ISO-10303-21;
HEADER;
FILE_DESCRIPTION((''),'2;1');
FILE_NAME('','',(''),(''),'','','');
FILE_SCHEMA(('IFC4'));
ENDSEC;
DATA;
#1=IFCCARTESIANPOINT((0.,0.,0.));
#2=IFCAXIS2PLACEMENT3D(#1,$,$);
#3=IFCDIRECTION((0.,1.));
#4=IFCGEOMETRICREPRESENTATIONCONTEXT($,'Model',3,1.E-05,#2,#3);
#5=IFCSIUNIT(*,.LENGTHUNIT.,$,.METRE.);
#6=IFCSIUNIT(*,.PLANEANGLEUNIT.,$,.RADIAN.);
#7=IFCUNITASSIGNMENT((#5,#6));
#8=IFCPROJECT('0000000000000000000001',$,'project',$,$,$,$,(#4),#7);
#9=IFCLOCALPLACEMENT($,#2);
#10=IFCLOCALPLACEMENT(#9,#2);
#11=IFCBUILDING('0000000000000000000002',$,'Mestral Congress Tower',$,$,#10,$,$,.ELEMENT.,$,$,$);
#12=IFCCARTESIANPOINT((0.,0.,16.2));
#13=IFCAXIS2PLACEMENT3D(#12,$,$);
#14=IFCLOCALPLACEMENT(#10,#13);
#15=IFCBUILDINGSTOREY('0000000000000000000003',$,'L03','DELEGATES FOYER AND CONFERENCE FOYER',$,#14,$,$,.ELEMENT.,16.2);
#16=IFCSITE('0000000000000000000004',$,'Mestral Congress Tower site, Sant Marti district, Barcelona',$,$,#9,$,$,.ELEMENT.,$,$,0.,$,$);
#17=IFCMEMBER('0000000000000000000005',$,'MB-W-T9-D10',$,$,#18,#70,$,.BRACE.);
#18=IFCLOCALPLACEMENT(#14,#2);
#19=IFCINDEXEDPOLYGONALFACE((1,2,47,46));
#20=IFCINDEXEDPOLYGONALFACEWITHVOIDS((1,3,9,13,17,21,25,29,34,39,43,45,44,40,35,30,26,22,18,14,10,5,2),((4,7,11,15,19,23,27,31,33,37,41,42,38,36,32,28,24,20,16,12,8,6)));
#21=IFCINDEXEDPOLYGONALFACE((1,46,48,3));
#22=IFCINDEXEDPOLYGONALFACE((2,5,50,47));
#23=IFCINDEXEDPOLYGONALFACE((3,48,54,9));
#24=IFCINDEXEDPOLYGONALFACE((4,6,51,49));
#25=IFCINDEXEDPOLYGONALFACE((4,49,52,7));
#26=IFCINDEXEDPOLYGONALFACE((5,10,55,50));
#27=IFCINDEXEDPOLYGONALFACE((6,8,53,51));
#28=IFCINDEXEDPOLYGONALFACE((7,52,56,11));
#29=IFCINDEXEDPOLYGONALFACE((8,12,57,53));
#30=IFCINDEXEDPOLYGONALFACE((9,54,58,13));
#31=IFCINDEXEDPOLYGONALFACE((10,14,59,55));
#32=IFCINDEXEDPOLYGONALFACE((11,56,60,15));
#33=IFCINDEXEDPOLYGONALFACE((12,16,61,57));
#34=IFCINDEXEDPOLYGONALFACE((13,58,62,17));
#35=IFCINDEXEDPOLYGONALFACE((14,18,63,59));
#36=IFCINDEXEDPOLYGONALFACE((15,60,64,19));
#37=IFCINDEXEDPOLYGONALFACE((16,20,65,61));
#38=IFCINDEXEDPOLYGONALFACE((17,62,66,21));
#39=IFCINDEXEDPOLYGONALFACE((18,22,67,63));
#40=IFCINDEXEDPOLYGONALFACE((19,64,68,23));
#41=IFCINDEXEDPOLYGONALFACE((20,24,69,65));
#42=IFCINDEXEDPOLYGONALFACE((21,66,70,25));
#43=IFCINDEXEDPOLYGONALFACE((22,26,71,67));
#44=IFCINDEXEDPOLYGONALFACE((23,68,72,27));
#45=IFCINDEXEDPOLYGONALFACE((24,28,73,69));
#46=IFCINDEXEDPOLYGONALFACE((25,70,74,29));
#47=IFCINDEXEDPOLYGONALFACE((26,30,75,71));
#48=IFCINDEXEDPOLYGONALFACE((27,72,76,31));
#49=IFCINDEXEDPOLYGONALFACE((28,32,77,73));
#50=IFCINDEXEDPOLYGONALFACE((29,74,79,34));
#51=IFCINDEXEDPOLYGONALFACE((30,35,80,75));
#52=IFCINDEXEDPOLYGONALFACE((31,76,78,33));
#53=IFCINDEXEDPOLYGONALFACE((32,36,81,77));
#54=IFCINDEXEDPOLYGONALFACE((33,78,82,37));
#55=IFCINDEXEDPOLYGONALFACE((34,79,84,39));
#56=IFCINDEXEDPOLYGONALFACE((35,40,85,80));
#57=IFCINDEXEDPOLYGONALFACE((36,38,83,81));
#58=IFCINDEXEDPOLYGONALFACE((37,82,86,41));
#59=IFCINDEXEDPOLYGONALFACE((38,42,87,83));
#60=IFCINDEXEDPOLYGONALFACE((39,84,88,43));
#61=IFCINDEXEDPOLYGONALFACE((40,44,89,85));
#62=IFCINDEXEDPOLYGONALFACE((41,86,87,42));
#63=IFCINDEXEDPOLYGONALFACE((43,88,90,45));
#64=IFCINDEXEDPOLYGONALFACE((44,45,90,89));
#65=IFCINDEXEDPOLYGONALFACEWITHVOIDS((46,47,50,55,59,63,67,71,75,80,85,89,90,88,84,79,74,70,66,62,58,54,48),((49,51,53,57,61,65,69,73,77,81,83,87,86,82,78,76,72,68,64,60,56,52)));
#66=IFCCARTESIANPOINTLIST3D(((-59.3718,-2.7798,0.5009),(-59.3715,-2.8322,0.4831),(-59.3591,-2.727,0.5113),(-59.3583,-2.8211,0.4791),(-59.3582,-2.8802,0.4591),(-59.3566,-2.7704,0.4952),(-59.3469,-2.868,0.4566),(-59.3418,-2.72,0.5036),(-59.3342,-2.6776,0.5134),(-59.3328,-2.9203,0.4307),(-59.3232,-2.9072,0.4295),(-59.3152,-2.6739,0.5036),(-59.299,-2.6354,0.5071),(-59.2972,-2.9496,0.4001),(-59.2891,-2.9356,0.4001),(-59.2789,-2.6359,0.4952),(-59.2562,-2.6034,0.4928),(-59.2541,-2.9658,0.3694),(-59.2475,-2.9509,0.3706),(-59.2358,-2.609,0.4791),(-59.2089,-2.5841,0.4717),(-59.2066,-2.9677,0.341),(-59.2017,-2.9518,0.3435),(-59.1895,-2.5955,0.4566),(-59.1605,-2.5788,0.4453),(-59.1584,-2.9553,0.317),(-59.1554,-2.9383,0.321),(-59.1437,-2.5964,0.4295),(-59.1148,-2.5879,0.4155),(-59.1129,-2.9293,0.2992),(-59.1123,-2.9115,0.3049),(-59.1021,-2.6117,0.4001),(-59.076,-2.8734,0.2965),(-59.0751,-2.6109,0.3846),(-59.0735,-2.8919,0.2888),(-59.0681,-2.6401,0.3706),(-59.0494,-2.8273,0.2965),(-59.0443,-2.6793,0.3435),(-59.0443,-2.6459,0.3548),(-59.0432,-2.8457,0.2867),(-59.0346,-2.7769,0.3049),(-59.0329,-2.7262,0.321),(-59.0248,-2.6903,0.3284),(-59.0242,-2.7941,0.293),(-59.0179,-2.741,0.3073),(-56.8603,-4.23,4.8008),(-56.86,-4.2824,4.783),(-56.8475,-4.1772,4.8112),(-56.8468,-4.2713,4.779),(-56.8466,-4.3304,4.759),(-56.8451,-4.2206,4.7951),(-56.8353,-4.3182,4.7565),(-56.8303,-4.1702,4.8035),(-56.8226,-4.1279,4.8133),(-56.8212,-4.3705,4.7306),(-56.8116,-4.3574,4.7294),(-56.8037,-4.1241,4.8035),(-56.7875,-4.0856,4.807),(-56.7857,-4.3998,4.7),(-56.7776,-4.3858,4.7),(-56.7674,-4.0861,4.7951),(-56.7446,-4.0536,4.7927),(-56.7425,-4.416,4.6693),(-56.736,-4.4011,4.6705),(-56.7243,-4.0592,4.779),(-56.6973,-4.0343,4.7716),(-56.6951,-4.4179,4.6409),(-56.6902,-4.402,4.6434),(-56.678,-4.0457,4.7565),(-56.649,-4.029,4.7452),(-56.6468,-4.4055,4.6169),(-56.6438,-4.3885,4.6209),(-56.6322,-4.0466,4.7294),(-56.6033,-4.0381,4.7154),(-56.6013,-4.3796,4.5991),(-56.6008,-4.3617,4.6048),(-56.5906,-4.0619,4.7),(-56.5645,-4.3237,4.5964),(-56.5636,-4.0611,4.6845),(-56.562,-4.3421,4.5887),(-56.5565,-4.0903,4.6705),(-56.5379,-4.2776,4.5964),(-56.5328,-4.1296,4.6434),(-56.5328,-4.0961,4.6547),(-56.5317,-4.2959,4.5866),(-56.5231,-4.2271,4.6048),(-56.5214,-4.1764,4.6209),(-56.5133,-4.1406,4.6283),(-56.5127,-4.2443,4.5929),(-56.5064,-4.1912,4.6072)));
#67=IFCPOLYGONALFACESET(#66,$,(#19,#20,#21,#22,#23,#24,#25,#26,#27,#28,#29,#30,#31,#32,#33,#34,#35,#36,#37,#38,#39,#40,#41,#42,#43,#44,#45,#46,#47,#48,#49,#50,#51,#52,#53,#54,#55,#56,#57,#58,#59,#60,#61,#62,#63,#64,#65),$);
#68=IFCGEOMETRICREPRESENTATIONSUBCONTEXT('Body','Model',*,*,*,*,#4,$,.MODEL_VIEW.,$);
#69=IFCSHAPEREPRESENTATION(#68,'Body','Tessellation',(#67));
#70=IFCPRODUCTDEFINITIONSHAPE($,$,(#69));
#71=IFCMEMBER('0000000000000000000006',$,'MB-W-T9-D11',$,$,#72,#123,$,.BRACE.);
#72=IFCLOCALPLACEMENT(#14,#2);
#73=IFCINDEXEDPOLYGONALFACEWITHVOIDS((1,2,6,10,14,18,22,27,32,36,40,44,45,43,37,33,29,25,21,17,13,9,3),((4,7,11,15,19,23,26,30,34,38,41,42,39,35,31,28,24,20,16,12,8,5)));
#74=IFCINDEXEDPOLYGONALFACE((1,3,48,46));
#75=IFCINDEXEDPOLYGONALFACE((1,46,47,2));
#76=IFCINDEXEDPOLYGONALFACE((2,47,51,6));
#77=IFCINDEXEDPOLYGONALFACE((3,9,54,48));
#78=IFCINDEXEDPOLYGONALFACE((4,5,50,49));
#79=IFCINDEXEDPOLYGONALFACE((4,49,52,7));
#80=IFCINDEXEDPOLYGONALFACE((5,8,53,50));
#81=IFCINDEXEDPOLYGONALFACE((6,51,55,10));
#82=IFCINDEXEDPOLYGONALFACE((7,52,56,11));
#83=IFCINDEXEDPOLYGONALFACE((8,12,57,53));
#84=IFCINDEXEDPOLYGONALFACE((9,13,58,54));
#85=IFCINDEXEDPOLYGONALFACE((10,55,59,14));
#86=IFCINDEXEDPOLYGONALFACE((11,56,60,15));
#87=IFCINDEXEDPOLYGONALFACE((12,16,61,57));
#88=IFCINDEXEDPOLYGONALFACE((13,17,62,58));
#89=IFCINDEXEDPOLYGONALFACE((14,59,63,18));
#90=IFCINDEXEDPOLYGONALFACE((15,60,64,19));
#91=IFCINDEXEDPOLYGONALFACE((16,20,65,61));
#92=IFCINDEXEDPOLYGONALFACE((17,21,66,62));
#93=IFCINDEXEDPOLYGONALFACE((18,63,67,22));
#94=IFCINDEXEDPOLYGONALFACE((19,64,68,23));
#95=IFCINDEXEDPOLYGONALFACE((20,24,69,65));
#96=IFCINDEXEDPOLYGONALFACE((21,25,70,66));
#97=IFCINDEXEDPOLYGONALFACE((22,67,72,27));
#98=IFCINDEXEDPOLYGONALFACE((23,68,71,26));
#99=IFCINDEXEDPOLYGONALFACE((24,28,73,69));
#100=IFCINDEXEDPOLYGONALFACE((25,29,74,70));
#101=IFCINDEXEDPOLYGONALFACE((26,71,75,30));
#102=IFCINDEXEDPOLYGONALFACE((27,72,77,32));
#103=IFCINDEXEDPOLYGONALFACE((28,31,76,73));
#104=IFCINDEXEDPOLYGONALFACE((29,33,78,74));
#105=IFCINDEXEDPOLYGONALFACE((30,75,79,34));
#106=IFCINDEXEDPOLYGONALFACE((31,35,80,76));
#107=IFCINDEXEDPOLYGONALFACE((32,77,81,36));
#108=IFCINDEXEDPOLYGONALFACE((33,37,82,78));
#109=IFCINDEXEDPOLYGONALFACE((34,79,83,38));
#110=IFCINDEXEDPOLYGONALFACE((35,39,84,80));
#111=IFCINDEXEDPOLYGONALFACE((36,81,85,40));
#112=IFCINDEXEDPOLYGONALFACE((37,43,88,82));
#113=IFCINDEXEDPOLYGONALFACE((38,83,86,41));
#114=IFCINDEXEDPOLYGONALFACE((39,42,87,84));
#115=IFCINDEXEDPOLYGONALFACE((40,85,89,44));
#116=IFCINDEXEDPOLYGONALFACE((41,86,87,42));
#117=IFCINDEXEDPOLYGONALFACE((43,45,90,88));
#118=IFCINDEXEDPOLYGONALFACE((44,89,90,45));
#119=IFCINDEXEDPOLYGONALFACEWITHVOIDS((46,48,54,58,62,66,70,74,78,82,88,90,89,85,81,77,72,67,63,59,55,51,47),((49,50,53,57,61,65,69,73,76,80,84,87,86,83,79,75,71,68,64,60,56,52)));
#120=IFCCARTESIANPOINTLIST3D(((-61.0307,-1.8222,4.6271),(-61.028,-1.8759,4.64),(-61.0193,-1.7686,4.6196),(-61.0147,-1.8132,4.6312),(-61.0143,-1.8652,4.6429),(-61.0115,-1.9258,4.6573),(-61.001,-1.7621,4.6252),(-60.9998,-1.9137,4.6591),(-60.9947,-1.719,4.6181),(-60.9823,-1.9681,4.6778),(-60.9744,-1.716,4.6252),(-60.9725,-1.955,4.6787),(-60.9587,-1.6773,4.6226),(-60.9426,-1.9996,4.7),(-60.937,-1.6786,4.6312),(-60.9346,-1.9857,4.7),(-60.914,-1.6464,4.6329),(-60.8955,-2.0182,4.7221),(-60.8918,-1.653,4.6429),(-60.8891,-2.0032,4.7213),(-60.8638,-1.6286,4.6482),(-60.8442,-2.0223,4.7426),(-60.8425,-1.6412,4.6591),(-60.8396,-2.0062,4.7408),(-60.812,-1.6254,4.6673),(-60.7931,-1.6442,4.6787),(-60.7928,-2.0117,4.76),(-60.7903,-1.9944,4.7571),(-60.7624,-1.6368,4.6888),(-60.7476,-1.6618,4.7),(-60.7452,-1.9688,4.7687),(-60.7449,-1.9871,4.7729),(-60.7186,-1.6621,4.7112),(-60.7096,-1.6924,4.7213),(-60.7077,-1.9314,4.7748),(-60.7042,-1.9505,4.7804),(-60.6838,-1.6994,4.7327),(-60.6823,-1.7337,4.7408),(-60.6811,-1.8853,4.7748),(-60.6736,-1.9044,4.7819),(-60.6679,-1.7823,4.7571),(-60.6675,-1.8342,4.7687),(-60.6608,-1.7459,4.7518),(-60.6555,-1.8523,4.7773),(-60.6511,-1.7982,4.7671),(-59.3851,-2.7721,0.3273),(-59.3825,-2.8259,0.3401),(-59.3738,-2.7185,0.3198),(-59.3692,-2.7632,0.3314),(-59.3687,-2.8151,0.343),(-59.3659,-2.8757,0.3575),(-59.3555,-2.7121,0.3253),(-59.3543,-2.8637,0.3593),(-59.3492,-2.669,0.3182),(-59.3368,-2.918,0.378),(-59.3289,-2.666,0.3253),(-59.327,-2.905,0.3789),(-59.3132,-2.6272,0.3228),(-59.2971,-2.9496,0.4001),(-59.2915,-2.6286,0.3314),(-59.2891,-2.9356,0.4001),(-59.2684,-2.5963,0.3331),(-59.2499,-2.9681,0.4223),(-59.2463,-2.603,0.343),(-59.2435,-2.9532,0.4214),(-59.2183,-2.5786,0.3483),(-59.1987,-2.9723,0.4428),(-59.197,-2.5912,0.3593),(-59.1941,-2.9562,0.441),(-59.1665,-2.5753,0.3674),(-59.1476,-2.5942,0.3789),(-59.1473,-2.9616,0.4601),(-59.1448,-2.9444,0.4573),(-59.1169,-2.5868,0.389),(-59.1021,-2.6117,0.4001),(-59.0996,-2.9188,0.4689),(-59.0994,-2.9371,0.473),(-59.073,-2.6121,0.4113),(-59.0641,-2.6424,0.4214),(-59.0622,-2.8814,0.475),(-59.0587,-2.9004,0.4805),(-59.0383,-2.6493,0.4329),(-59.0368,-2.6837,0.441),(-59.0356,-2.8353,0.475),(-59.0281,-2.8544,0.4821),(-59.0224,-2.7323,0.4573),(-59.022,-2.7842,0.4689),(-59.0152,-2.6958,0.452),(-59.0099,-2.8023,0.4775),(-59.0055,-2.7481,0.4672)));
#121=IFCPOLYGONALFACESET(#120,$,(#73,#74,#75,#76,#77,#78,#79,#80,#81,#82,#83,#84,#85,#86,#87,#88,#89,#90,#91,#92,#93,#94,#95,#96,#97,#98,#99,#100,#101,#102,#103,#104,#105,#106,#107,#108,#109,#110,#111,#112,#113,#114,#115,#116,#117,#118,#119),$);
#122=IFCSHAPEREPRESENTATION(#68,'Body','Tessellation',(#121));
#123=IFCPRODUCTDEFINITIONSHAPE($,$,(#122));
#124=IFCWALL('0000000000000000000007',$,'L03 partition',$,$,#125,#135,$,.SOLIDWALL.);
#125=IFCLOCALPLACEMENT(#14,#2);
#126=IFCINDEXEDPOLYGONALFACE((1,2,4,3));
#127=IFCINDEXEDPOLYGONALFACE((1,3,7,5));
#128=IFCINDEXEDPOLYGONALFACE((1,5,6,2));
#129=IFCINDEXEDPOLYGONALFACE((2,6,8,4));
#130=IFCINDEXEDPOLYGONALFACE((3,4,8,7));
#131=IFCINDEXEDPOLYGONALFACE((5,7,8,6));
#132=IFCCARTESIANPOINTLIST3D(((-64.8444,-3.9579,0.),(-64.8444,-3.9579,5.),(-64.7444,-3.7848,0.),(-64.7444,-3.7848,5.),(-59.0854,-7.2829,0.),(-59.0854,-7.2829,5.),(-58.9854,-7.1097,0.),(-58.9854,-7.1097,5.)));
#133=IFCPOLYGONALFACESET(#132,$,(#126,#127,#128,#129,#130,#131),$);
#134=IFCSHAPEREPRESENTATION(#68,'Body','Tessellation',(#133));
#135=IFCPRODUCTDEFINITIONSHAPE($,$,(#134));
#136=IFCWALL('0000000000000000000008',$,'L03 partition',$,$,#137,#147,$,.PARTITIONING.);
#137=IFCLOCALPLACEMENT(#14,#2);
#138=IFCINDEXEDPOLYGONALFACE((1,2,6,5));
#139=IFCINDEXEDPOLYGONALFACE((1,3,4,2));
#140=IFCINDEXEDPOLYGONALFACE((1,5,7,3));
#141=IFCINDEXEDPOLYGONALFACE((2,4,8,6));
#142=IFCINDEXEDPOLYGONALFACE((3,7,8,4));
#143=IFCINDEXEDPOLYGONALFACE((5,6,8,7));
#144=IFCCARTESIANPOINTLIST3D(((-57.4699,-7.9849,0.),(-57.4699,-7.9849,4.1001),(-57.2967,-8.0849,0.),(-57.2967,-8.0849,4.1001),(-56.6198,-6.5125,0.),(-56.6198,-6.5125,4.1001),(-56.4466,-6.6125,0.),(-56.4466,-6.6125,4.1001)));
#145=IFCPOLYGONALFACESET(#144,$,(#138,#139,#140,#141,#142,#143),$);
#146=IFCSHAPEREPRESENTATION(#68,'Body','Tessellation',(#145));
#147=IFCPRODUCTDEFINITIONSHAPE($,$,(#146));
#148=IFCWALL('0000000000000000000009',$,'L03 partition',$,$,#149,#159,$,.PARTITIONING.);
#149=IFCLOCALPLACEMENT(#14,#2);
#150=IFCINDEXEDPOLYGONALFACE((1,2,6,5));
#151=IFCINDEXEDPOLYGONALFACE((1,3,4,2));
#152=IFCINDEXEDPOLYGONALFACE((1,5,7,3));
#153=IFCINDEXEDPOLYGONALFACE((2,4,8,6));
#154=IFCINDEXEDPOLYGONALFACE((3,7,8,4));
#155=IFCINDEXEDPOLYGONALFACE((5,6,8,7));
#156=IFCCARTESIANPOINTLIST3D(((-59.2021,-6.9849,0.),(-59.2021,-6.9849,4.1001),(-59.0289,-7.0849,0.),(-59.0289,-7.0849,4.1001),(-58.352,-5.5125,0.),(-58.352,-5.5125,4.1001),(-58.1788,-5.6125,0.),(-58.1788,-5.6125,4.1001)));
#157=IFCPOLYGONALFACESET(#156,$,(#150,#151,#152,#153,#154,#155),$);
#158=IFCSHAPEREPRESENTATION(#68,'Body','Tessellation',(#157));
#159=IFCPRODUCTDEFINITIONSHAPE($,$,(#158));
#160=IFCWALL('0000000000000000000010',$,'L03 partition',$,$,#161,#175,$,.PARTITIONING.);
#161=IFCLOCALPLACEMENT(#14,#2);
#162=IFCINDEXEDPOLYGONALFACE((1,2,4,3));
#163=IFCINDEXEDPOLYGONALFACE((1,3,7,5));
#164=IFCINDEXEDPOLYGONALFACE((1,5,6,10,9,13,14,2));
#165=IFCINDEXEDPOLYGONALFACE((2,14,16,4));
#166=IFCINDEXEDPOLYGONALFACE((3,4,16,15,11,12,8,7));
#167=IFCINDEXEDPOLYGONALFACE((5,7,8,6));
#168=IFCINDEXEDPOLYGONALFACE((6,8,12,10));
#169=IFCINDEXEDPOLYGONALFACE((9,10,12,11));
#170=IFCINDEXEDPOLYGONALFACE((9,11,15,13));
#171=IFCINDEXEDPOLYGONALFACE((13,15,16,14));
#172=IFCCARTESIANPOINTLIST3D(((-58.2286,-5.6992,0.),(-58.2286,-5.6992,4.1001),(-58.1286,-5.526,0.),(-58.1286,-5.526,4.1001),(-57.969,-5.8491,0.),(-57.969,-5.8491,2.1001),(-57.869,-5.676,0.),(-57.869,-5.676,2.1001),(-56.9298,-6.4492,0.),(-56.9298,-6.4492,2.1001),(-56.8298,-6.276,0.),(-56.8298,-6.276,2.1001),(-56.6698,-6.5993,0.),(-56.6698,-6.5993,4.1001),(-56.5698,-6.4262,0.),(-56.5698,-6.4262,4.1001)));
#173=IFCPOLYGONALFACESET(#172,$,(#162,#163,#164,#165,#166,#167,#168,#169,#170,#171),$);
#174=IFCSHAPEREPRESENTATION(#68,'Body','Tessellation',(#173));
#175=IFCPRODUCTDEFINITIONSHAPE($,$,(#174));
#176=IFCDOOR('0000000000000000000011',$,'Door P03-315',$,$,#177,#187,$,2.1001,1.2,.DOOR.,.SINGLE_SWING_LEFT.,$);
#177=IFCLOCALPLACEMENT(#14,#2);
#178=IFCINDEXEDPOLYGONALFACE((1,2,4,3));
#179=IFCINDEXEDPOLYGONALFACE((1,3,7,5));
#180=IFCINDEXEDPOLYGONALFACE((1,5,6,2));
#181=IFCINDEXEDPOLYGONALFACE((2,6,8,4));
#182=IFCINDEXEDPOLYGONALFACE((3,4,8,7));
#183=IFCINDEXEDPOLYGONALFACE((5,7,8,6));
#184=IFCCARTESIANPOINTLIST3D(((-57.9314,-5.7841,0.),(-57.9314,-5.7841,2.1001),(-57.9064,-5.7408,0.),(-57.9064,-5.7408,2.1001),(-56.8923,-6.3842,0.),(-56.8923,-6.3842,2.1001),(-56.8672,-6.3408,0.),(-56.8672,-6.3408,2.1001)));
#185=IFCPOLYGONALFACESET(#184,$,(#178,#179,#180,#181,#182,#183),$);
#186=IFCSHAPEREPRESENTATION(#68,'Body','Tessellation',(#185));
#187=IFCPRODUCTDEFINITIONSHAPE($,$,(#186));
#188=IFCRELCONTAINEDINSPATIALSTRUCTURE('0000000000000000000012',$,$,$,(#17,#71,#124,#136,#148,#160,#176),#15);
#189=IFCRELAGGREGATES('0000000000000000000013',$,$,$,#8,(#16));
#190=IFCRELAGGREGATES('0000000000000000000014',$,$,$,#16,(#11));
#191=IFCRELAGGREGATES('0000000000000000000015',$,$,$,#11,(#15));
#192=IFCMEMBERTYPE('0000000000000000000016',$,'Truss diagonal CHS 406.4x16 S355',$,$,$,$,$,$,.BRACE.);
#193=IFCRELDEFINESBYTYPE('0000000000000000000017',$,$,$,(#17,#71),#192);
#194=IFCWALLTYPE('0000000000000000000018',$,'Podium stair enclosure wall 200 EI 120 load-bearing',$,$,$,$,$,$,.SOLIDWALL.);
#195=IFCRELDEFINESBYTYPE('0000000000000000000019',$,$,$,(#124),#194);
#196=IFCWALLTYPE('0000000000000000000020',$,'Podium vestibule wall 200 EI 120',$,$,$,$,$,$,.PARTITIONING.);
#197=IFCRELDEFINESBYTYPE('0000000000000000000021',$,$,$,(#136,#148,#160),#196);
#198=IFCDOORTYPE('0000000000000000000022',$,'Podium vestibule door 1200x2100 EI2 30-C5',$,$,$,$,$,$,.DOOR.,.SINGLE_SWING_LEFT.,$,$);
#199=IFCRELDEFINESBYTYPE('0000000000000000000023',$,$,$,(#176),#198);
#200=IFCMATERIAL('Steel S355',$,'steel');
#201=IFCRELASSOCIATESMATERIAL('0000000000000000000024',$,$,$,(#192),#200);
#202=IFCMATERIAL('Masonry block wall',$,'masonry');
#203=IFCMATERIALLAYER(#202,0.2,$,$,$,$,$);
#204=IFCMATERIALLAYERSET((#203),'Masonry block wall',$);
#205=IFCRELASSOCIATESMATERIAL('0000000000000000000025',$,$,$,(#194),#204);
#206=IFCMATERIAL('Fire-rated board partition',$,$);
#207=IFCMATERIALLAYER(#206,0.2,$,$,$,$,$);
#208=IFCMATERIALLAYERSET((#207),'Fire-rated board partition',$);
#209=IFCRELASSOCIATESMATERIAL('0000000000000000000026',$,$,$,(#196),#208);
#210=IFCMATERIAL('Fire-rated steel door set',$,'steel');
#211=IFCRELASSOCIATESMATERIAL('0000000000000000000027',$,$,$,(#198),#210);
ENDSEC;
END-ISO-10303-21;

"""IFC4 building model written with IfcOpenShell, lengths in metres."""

from ifc_helpers import new_model, si_unit, direction, frame, frame_2d, origin, origin_2d, place, context, subcontext, project, spatial, rectangle, hollow_circle, extrude, material, layer, layer_set, material_profile, profile_set, type_object, element, fill, save


model = new_model("IFC4")

# Units and contexts
model_context = context("Model", 3, precision=1e-05, world=origin(), true_north=direction((0.0, 1.0)))
body_context = subcontext(model_context, "Body", "Model", "MODEL_VIEW")
ifc_project = project(units=[si_unit("LENGTHUNIT", "METRE"), si_unit("PLANEANGLEUNIT", "RADIAN")], contexts=[model_context])

# Site, building, storey
site_placement = place(None, origin())
site = spatial("IfcSite", under=ifc_project, at=site_placement, Name="Mestral Congress Tower site, Sant Marti district, Barcelona", CompositionType="ELEMENT", RefElevation=0.0)
building_placement = place(site_placement, origin())
building = spatial("IfcBuilding", under=site, at=building_placement, Name="Mestral Congress Tower", CompositionType="ELEMENT")
storey_placement = place(building_placement, frame((0.0, 0.0, 16.2)))
storey = spatial("IfcBuildingStorey", under=building, at=storey_placement, Name="L03", Description="DELEGATES FOYER AND CONFERENCE FOYER", CompositionType="ELEMENT", Elevation=16.2)

# Shared definitions
ifc_material_1 = material(Name="Steel S355", Category="steel")

# Members
ifc_material_profile_1 = material_profile(ifc_material_1, hollow_circle(Radius=0.2031, WallThickness=0.0161, at=origin_2d()), Name="CHS 406.4x16")
ifc_profile_set_1 = profile_set([ifc_material_profile_1], Name="Steel S355")
member_type_1 = type_object("IfcMemberType", Name="Truss diagonal CHS 406.4x16 S355", PredefinedType="BRACE", material=ifc_profile_set_1)
member_1_placement = place(storey_placement, frame((-56.6841, -4.2239, 4.7), z_axis=(-0.484241, 0.279614, -0.829052), x_axis=(-0.50005, -0.865996, 0.0)))
element("IfcMember", 1, at=member_1_placement, inside=storey, type_object=member_type_1, Name="MB-W-T9-D10", PredefinedType="BRACE", context=body_context, shape_type="SweptSolid", body=[
    extrude(hollow_circle(Radius=0.2031, WallThickness=0.0161, at=origin_2d()), origin(), (0.0, 0.0, 1.0), 5.1865),
])
member_2_placement = place(storey_placement, frame((-59.1956, -2.7737, 0.4001), z_axis=(-0.350041, 0.202079, 0.914678), x_axis=(-0.499967, -0.866044, 0.0)))
element("IfcMember", 2, at=member_2_placement, inside=storey, type_object=member_type_1, Name="MB-W-T9-D11", PredefinedType="BRACE", context=body_context, shape_type="SweptSolid", body=[
    extrude(hollow_circle(Radius=0.2031, WallThickness=0.0161, at=origin_2d()), origin(), (0.0, 0.0, 1.0), 4.7009),
])

# Walls
ifc_material_2 = material(Name="Masonry block wall", Category="masonry")
ifc_layer_1 = layer(ifc_material_2, 0.2)
ifc_layer_set_1 = layer_set([ifc_layer_1], Name="Masonry block wall")
wall_type_1 = type_object("IfcWallType", Name="Podium stair enclosure wall 200 EI 120 load-bearing", PredefinedType="SOLIDWALL", material=ifc_layer_set_1)
wall_1_placement = place(storey_placement, frame((-59.0354, -7.1963, 0.0), z_axis=(0.0, 0.0, 1.0), x_axis=(-0.866027, 0.499997, 0.0)))
element("IfcWall", 3, at=wall_1_placement, inside=storey, type_object=wall_type_1, Name="L03 partition", PredefinedType="SOLIDWALL", context=body_context, shape_type="SweptSolid", body=[
    extrude(rectangle(XDim=6.6499, YDim=0.2, at=frame_2d((3.325, 0.0))), origin(), (0.0, 0.0, 1.0), 5.0),
])
ifc_material_3 = material(Name="Fire-rated board partition")
ifc_layer_2 = layer(ifc_material_3, 0.2)
ifc_layer_set_2 = layer_set([ifc_layer_2], Name="Fire-rated board partition")
wall_type_2 = type_object("IfcWallType", Name="Podium vestibule wall 200 EI 120", PredefinedType="PARTITIONING", material=ifc_layer_set_2)
for number, where, z_axis, x_axis, name in (
    (4, (-56.5332, -6.5625, 0.0), (0.0, 0.0, 1.0), (-0.5, -0.866025, 0.0), "L03 partition"),
    (5, (-58.2654, -5.5625, 0.0), (0.0, 0.0, 1.0), (-0.5, -0.866025, 0.0), "L03 partition"),
):
    element("IfcWall", number, at=place(storey_placement, frame(where, z_axis=z_axis, x_axis=x_axis)), inside=storey, type_object=wall_type_2, Name=name, PredefinedType="PARTITIONING", context=body_context, shape_type="SweptSolid", body=[
        extrude(rectangle(XDim=1.7002, YDim=0.2, at=frame_2d((0.8501, 0.0))), origin(), (0.0, 0.0, 1.0), 4.1001),
    ])

# Wall, opening, door
wall_2_placement = place(storey_placement, frame((-56.6199, -6.5127, 0.0), z_axis=(0.0, 0.0, 1.0), x_axis=(-0.865989, 0.500063, 0.0)))
wall_2 = element("IfcWall", 6, at=wall_2_placement, inside=storey, type_object=wall_type_2, Name="L03 partition", PredefinedType="PARTITIONING", context=body_context, shape_type="SweptSolid", body=[
    extrude(rectangle(XDim=1.8, YDim=0.2, at=frame_2d((0.8999, 0.0))), origin(), (0.0, 0.0, 1.0), 4.1001),
])
opening_placement = place(wall_2_placement, frame((0.3, 0.0, 0.0)))
opening = element("IfcOpeningElement", 7, at=opening_placement, cuts=wall_2, PredefinedType="OPENING", context=body_context, shape_type="SweptSolid", body=[
    extrude(rectangle(XDim=1.2, YDim=2.1001, at=frame_2d((0.6001, 1.05))), frame((0.0, 0.1099, 0.0), z_axis=(0.0, -1.0, 0.0), x_axis=(1.0, 0.0, 0.0)), (0.0, 0.0, 1.0), 0.22),
])
ifc_material_4 = material(Name="Fire-rated steel door set", Category="steel")
door_type = type_object("IfcDoorType", Name="Podium vestibule door 1200x2100 EI2 30-C5", OperationType="SINGLE_SWING_LEFT", PredefinedType="DOOR", material=ifc_material_4)
door_placement = place(opening_placement, origin())
door = element("IfcDoor", 8, at=door_placement, inside=storey, type_object=door_type, Name="Door P03-315", OperationType="SINGLE_SWING_LEFT", OverallHeight=2.1001, OverallWidth=1.2, PredefinedType="DOOR", context=body_context, shape_type="SweptSolid", body=[
    extrude(rectangle(XDim=1.2, YDim=2.1001, at=frame_2d((0.6001, 1.05))), frame((0.0, 0.0249, 0.0), z_axis=(0.0, -1.0, 0.0), x_axis=(1.0, 0.0, 0.0)), (0.0, 0.0, 1.0), 0.05),
])
fill(opening, door)

save(model, "model.ifc")
